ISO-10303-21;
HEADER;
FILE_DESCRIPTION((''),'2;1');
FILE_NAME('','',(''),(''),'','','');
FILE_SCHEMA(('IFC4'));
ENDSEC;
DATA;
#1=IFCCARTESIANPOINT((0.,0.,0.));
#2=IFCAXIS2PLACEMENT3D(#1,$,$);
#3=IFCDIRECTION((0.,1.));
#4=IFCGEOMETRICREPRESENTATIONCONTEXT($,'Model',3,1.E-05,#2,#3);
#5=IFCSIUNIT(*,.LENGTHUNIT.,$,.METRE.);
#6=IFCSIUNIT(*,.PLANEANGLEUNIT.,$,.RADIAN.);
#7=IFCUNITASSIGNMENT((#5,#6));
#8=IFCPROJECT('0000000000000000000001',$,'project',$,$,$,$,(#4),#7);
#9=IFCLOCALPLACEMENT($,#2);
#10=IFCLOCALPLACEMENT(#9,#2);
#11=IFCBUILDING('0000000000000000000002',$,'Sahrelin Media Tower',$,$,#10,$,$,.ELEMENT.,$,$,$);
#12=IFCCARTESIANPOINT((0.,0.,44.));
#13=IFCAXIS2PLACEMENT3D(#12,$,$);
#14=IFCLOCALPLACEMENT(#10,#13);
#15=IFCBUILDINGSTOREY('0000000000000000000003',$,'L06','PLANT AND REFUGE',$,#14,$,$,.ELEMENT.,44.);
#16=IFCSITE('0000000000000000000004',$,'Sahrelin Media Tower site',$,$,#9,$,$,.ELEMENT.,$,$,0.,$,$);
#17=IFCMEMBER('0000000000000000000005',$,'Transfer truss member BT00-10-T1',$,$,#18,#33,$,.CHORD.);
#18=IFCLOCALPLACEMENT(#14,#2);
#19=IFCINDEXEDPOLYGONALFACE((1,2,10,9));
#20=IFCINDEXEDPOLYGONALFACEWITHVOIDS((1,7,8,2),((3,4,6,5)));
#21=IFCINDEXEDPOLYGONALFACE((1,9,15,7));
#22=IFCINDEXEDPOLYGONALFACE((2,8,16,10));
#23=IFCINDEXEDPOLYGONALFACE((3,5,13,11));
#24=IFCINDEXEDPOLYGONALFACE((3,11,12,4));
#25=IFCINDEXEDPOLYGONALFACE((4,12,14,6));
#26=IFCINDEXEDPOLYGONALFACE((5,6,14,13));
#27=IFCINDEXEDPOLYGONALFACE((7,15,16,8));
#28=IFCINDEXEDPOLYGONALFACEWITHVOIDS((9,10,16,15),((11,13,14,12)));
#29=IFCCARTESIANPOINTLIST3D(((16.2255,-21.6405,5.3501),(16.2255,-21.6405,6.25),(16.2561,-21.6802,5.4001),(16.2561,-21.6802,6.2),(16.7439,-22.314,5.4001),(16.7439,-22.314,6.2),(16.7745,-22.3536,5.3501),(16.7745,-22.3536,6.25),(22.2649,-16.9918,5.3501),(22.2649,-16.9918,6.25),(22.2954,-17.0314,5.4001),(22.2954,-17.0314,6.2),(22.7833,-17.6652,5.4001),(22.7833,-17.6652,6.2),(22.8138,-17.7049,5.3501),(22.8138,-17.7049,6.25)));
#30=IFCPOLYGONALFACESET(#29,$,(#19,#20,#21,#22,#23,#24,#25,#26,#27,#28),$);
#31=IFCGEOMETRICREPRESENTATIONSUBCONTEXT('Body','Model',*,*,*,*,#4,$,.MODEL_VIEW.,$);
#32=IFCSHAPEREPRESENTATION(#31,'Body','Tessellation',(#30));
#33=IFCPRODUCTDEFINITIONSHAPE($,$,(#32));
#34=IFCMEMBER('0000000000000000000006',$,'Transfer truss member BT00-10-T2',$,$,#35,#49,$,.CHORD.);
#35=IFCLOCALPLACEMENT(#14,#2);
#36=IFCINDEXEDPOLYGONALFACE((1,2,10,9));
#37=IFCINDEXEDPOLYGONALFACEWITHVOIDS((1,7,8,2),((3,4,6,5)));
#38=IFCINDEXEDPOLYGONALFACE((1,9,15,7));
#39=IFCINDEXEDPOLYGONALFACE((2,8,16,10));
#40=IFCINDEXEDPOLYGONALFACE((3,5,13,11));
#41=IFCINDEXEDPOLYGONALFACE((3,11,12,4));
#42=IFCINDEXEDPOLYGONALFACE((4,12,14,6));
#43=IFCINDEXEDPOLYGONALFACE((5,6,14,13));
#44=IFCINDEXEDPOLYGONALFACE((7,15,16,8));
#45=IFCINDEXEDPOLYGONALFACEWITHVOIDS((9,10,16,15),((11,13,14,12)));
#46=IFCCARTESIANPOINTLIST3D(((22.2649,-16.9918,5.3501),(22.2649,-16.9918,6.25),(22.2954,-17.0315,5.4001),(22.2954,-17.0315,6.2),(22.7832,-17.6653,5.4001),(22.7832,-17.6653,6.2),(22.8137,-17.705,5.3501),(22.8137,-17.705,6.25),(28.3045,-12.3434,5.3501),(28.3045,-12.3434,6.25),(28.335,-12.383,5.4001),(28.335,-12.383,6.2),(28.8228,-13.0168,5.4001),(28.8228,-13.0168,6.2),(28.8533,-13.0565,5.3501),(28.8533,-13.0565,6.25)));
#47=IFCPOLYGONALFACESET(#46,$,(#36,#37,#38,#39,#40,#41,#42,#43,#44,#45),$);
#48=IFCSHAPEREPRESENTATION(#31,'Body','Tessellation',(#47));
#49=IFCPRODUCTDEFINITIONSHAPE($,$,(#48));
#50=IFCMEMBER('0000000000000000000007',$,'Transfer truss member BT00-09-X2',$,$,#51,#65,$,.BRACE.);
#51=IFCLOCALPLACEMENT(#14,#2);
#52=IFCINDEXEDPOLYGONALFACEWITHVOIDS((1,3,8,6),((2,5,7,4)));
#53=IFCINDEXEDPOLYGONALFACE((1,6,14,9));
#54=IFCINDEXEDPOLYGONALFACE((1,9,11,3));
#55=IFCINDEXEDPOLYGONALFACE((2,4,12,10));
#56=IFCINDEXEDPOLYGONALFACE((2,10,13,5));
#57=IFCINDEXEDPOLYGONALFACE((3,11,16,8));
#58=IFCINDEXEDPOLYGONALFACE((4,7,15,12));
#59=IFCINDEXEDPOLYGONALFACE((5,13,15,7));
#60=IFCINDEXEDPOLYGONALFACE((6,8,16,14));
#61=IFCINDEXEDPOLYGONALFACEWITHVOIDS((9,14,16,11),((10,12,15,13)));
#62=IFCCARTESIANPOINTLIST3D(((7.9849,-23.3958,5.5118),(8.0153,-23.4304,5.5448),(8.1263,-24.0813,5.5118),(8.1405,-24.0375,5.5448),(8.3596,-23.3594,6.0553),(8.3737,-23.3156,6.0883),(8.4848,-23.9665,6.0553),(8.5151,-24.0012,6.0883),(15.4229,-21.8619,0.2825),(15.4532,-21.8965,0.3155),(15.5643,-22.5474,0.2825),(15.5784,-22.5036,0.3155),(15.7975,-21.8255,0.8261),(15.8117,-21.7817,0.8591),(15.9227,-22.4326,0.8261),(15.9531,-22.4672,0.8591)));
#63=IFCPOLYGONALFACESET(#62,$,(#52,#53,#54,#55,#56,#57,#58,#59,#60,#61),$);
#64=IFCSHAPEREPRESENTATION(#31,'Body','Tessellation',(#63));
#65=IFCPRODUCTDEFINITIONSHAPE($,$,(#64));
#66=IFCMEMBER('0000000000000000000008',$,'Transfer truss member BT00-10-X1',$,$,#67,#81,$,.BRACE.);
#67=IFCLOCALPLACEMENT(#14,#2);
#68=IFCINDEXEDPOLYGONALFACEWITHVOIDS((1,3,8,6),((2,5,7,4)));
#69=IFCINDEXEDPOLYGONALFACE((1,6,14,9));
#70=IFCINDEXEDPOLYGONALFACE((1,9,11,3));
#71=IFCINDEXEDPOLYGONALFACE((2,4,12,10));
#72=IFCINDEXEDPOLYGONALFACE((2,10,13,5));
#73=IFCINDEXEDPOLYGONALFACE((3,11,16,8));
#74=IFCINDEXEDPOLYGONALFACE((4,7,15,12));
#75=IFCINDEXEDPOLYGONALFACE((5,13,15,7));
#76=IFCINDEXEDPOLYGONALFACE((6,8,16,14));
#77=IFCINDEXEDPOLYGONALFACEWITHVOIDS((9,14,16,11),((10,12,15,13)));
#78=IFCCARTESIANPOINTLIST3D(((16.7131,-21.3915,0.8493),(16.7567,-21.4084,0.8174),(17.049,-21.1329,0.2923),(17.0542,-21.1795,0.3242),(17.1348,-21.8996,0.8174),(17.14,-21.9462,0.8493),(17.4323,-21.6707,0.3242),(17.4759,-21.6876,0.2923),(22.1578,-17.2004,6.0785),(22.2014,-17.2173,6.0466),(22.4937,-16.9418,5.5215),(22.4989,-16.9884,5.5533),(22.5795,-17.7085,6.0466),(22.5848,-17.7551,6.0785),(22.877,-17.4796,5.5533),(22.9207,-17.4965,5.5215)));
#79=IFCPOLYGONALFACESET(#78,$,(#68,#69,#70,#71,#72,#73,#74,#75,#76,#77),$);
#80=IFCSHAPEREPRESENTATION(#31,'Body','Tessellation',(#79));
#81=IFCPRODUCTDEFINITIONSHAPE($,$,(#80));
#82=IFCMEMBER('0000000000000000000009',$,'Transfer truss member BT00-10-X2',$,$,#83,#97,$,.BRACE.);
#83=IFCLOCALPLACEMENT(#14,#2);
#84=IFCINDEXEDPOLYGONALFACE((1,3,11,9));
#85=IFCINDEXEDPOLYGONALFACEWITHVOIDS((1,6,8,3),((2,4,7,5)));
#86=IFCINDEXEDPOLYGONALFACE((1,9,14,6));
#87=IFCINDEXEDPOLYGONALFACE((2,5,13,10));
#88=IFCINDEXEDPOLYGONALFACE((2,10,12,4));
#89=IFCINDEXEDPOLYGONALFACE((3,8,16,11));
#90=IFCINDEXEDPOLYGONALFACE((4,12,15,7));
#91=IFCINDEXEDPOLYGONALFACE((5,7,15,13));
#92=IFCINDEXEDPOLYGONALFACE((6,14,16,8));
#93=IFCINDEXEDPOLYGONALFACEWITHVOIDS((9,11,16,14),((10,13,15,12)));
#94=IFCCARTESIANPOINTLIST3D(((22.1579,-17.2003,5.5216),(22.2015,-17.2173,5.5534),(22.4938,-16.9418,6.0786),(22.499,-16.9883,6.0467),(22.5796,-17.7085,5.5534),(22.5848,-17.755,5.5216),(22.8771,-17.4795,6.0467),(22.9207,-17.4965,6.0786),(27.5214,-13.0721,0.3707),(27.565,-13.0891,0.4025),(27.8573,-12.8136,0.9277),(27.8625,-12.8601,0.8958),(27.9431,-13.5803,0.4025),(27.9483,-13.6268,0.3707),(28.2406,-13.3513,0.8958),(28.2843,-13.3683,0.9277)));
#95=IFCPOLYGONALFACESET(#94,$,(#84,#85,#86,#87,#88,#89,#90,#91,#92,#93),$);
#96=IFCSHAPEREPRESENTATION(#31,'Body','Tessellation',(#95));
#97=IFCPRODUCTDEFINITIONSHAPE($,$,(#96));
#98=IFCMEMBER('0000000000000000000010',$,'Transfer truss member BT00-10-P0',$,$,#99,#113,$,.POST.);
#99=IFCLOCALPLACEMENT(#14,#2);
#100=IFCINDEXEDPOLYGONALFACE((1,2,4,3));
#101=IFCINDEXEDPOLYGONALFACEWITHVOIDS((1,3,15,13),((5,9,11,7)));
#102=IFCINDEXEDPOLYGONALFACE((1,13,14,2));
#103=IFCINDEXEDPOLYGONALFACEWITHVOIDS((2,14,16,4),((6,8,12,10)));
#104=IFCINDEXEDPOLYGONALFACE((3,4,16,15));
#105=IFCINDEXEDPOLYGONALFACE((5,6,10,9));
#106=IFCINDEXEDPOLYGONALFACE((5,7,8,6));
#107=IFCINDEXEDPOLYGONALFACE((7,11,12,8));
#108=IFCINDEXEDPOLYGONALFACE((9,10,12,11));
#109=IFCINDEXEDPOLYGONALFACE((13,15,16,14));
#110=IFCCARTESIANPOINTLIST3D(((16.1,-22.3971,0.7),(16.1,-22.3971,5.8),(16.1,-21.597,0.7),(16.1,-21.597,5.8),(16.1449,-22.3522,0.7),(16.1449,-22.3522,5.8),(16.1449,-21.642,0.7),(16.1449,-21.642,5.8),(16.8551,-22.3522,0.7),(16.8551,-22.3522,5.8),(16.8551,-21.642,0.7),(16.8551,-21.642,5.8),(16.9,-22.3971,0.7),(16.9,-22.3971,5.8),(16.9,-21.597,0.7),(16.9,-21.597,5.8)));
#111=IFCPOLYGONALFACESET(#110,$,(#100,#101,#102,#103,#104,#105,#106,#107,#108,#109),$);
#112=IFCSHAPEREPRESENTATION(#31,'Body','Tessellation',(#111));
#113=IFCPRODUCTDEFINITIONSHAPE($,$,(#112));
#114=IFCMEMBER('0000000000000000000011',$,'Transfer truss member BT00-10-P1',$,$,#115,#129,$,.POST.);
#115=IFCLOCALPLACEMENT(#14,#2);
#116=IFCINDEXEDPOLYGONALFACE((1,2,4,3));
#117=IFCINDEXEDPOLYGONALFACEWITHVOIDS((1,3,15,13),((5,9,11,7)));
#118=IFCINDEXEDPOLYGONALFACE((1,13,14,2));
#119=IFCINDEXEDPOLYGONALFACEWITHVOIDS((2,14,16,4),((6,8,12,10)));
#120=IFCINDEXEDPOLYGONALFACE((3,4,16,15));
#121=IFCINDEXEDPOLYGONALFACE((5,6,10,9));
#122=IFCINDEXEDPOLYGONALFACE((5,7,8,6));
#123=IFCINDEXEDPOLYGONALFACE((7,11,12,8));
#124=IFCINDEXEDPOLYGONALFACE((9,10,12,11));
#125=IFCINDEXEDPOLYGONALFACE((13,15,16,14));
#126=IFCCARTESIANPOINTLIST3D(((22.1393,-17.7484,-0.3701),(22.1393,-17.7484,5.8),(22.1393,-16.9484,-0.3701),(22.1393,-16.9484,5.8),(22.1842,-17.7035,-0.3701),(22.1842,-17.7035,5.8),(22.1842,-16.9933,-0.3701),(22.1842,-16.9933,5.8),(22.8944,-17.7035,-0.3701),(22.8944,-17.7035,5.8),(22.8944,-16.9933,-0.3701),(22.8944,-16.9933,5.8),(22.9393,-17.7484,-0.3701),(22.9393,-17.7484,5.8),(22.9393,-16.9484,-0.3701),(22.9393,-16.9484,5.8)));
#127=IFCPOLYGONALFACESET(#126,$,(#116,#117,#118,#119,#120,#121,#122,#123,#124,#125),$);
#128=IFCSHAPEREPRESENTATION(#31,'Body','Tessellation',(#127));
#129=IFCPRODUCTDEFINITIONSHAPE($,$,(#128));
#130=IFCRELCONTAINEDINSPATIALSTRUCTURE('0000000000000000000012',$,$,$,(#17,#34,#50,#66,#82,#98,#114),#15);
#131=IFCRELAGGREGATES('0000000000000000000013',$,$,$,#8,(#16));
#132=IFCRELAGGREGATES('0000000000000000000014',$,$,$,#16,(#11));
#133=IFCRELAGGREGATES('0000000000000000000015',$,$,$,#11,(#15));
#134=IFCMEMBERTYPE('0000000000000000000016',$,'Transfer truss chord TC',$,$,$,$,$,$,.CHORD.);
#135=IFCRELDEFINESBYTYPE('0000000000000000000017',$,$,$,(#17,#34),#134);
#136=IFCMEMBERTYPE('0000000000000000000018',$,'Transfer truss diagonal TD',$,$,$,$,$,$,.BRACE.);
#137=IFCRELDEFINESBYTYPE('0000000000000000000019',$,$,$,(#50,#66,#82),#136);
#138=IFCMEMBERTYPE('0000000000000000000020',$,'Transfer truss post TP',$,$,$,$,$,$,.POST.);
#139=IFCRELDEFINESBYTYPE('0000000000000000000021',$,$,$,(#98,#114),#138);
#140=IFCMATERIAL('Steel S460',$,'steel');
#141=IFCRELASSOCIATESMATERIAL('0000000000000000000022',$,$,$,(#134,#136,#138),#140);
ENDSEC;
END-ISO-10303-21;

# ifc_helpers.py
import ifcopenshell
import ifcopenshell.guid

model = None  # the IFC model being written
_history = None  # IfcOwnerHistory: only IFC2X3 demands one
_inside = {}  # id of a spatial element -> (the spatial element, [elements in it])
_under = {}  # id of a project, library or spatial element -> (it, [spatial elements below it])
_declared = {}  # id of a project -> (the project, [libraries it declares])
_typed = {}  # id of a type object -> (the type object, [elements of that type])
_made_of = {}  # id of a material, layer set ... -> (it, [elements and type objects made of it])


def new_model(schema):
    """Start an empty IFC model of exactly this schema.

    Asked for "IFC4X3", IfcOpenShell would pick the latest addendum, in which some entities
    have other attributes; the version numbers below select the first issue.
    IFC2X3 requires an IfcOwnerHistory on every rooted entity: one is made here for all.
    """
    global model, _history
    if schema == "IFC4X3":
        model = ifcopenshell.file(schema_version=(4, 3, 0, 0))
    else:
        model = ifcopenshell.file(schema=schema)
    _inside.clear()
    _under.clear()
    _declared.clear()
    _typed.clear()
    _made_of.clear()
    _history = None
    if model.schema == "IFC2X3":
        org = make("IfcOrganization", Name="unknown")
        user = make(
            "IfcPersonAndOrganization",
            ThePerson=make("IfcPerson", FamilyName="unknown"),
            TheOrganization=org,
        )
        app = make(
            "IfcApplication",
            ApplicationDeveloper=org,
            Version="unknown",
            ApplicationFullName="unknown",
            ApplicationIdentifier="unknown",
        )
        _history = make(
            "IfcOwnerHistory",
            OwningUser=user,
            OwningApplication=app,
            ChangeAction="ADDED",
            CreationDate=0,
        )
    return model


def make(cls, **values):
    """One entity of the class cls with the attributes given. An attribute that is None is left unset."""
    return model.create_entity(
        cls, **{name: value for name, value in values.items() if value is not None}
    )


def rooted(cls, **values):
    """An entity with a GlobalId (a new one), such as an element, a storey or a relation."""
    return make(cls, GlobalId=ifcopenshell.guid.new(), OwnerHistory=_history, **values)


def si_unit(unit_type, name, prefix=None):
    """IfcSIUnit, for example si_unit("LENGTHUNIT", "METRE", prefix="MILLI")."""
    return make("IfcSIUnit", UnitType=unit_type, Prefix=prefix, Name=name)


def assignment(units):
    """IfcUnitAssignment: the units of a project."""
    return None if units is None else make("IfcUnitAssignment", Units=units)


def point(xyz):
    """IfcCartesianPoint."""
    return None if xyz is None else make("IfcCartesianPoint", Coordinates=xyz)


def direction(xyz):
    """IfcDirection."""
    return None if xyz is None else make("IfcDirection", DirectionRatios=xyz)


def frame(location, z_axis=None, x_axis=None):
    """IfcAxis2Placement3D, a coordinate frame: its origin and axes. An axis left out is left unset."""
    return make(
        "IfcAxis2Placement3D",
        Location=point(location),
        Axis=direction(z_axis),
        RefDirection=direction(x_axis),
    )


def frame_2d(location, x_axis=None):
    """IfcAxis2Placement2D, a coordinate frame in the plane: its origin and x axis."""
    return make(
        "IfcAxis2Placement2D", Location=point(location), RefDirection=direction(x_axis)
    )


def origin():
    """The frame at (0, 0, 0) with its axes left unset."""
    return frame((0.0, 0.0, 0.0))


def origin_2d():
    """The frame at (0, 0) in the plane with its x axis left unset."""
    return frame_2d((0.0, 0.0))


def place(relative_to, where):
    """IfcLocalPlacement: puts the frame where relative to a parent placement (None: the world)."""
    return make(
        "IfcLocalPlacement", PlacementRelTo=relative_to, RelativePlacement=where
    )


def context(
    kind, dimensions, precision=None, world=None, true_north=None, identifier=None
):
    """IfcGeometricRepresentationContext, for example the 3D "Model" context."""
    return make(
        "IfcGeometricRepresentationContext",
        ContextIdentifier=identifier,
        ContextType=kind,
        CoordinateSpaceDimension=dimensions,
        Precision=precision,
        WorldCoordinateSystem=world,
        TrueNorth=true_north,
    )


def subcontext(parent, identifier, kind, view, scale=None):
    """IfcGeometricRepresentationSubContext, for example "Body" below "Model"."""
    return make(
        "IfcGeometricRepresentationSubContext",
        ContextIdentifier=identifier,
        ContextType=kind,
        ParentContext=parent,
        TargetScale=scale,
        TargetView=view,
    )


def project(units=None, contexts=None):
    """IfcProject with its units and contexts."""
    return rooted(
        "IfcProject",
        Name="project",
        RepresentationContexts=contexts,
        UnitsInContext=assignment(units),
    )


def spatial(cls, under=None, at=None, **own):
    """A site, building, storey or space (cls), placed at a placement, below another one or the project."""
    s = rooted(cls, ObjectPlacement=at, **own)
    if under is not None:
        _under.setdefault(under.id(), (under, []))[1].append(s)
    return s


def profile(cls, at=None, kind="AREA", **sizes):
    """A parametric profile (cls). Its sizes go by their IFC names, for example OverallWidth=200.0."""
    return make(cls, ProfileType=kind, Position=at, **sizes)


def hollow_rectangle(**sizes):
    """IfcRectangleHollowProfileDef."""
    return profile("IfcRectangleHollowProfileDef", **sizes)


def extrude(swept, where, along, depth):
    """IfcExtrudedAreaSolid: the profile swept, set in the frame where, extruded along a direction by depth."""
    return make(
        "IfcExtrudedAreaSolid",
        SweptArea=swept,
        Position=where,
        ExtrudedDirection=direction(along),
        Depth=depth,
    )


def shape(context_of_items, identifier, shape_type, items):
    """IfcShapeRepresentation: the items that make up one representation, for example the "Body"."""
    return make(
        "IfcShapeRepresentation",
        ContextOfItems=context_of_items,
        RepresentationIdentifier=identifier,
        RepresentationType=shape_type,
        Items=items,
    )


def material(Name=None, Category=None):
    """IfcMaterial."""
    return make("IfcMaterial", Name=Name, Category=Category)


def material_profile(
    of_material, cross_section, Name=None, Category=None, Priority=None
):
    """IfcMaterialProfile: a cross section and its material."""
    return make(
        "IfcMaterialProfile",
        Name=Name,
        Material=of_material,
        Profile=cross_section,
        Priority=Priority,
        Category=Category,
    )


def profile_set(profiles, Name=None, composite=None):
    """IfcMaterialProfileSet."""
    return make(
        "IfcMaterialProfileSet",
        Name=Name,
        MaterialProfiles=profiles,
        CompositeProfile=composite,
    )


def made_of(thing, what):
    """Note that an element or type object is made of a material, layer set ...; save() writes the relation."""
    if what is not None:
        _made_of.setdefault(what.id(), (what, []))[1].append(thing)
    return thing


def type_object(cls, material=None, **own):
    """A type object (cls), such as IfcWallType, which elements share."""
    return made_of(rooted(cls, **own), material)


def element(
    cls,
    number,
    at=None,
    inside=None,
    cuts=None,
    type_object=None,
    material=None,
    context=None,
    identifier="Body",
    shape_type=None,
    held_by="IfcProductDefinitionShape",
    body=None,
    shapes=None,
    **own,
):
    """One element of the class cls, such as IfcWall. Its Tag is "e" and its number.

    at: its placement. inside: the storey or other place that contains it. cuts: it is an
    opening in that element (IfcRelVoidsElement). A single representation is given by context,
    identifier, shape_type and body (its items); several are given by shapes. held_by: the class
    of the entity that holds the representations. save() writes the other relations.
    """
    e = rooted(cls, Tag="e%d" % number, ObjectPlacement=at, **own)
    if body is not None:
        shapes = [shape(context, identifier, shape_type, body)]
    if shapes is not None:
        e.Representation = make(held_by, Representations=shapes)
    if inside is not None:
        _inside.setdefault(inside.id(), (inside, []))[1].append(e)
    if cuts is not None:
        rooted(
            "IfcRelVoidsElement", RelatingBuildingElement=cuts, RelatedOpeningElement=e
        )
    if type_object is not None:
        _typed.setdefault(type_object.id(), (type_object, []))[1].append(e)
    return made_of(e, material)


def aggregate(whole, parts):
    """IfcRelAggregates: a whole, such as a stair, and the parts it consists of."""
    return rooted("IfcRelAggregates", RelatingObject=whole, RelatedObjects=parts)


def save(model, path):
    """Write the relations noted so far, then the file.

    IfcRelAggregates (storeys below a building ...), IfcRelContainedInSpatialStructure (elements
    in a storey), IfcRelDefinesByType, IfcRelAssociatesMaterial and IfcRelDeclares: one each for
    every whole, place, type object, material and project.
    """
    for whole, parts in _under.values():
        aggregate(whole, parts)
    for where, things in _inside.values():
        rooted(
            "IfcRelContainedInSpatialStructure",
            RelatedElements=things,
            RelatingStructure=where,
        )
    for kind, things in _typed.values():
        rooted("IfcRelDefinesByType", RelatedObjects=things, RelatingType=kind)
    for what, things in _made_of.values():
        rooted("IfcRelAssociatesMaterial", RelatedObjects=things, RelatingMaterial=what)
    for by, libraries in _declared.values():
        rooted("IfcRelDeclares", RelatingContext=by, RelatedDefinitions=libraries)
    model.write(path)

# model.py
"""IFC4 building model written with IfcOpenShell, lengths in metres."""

from ifc_helpers import new_model, si_unit, direction, frame, origin, origin_2d, place, context, subcontext, project, spatial, hollow_rectangle, extrude, material, material_profile, profile_set, type_object, element, save


model = new_model("IFC4")

# Units and contexts
model_context = context("Model", 3, precision=1e-05, world=origin(), true_north=direction((0.0, 1.0)))
body_context = subcontext(model_context, "Body", "Model", "MODEL_VIEW")
ifc_project = project(units=[si_unit("LENGTHUNIT", "METRE"), si_unit("PLANEANGLEUNIT", "RADIAN")], contexts=[model_context])

# Site, building, storey
site_placement = place(None, origin())
site = spatial("IfcSite", under=ifc_project, at=site_placement, Name="Sahrelin Media Tower site", CompositionType="ELEMENT", RefElevation=0.0)
building_placement = place(site_placement, origin())
building = spatial("IfcBuilding", under=site, at=building_placement, Name="Sahrelin Media Tower", CompositionType="ELEMENT")
storey_placement = place(building_placement, frame((0.0, 0.0, 44.0)))
storey = spatial("IfcBuildingStorey", under=building, at=storey_placement, Name="L06", Description="PLANT AND REFUGE", CompositionType="ELEMENT", Elevation=44.0)

# Shared definitions
ifc_material_1 = material(Name="Steel S460", Category="steel")

# Members
ifc_material_profile_1 = material_profile(ifc_material_1, hollow_rectangle(XDim=0.8999, YDim=0.8999, WallThickness=0.05, at=origin_2d()), Name="Transfer truss chord TC")
ifc_profile_set_1 = profile_set([ifc_material_profile_1], Name="Steel S460")
member_type_1 = type_object("IfcMemberType", Name="Transfer truss chord TC", PredefinedType="CHORD", material=ifc_profile_set_1)
for number, where, z_axis, x_axis, name in (
    (1, (16.5, -21.9971, 5.8), (0.79243, 0.609963, 0.0), (-0.609963, 0.79243, 0.0), "Transfer truss member BT00-10-T1"),
    (2, (22.5393, -17.3484, 5.8), (0.792457, 0.609927, 0.0), (-0.609927, 0.792457, 0.0), "Transfer truss member BT00-10-T2"),
):
    element("IfcMember", number, at=place(storey_placement, frame(where, z_axis=z_axis, x_axis=x_axis)), inside=storey, type_object=member_type_1, Name=name, PredefinedType="CHORD", context=body_context, shape_type="SweptSolid", body=[
        extrude(hollow_rectangle(XDim=0.8999, YDim=0.8999, WallThickness=0.05, at=origin_2d()), origin(), (0.0, 0.0, 1.0), 7.6213),
    ])
ifc_material_profile_2 = material_profile(ifc_material_1, hollow_rectangle(XDim=0.7, YDim=0.7, WallThickness=0.04, at=origin_2d()), Name="Transfer truss diagonal TD")
ifc_profile_set_2 = profile_set([ifc_material_profile_2], Name="Steel S460")
member_type_2 = type_object("IfcMemberType", Name="Transfer truss diagonal TD", PredefinedType="BRACE", material=ifc_profile_set_2)
member_1_placement = place(storey_placement, frame((15.688, -22.1646, 0.5708), z_axis=(-0.80666, -0.166357, 0.567119), x_axis=(0.201979, -0.97939, 0.0)))
element("IfcMember", 3, at=member_1_placement, inside=storey, type_object=member_type_2, Name="Transfer truss member BT00-09-X2", PredefinedType="BRACE", context=body_context, shape_type="SweptSolid", body=[
    extrude(hollow_rectangle(XDim=0.7, YDim=0.7, WallThickness=0.04, at=origin_2d()), origin(), (0.0, 0.0, 1.0), 9.2207),
])
member_2_placement = place(storey_placement, frame((17.0945, -21.5396, 0.5708), z_axis=(0.630579, 0.485389, 0.605613), x_axis=(-0.60997, 0.792424, 0.0)))
element("IfcMember", 4, at=member_2_placement, inside=storey, type_object=member_type_2, Name="Transfer truss member BT00-10-X1", PredefinedType="BRACE", context=body_context, shape_type="SweptSolid", body=[
    extrude(hollow_rectangle(XDim=0.7, YDim=0.7, WallThickness=0.04, at=origin_2d()), origin(), (0.0, 0.0, 1.0), 8.6345),
])
member_3_placement = place(storey_placement, frame((27.9028, -13.2202, 0.6492), z_axis=(-0.630607, -0.485363, 0.605605), x_axis=(0.609932, -0.792454, 0.0)))
element("IfcMember", 5, at=member_3_placement, inside=storey, type_object=member_type_2, Name="Transfer truss member BT00-10-X2", PredefinedType="BRACE", context=body_context, shape_type="SweptSolid", body=[
    extrude(hollow_rectangle(XDim=0.7, YDim=0.7, WallThickness=0.04, at=origin_2d()), origin(), (0.0, 0.0, 1.0), 8.5054),
])
ifc_material_profile_3 = material_profile(ifc_material_1, hollow_rectangle(XDim=0.8, YDim=0.8, WallThickness=0.0449, at=origin_2d()), Name="Transfer truss post TP")
ifc_profile_set_3 = profile_set([ifc_material_profile_3], Name="Steel S460")
member_type_3 = type_object("IfcMemberType", Name="Transfer truss post TP", PredefinedType="POST", material=ifc_profile_set_3)
member_4_placement = place(storey_placement, frame((16.5, -21.9971, 0.7), z_axis=(0.0, 0.0, 1.0), x_axis=(1.0, 0.0, 0.0)))
element("IfcMember", 6, at=member_4_placement, inside=storey, type_object=member_type_3, Name="Transfer truss member BT00-10-P0", PredefinedType="POST", context=body_context, shape_type="SweptSolid", body=[
    extrude(hollow_rectangle(XDim=0.8, YDim=0.8, WallThickness=0.0449, at=origin_2d()), origin(), (0.0, 0.0, 1.0), 5.1001),
])
member_5_placement = place(storey_placement, frame((22.5393, -17.3484, -0.3701), z_axis=(0.0, 0.0, 1.0), x_axis=(1.0, 0.0, 0.0)))
element("IfcMember", 7, at=member_5_placement, inside=storey, type_object=member_type_3, Name="Transfer truss member BT00-10-P1", PredefinedType="POST", context=body_context, shape_type="SweptSolid", body=[
    extrude(hollow_rectangle(XDim=0.8, YDim=0.8, WallThickness=0.0449, at=origin_2d()), origin(), (0.0, 0.0, 1.0), 6.1702),
])

save(model, "model.ifc")
